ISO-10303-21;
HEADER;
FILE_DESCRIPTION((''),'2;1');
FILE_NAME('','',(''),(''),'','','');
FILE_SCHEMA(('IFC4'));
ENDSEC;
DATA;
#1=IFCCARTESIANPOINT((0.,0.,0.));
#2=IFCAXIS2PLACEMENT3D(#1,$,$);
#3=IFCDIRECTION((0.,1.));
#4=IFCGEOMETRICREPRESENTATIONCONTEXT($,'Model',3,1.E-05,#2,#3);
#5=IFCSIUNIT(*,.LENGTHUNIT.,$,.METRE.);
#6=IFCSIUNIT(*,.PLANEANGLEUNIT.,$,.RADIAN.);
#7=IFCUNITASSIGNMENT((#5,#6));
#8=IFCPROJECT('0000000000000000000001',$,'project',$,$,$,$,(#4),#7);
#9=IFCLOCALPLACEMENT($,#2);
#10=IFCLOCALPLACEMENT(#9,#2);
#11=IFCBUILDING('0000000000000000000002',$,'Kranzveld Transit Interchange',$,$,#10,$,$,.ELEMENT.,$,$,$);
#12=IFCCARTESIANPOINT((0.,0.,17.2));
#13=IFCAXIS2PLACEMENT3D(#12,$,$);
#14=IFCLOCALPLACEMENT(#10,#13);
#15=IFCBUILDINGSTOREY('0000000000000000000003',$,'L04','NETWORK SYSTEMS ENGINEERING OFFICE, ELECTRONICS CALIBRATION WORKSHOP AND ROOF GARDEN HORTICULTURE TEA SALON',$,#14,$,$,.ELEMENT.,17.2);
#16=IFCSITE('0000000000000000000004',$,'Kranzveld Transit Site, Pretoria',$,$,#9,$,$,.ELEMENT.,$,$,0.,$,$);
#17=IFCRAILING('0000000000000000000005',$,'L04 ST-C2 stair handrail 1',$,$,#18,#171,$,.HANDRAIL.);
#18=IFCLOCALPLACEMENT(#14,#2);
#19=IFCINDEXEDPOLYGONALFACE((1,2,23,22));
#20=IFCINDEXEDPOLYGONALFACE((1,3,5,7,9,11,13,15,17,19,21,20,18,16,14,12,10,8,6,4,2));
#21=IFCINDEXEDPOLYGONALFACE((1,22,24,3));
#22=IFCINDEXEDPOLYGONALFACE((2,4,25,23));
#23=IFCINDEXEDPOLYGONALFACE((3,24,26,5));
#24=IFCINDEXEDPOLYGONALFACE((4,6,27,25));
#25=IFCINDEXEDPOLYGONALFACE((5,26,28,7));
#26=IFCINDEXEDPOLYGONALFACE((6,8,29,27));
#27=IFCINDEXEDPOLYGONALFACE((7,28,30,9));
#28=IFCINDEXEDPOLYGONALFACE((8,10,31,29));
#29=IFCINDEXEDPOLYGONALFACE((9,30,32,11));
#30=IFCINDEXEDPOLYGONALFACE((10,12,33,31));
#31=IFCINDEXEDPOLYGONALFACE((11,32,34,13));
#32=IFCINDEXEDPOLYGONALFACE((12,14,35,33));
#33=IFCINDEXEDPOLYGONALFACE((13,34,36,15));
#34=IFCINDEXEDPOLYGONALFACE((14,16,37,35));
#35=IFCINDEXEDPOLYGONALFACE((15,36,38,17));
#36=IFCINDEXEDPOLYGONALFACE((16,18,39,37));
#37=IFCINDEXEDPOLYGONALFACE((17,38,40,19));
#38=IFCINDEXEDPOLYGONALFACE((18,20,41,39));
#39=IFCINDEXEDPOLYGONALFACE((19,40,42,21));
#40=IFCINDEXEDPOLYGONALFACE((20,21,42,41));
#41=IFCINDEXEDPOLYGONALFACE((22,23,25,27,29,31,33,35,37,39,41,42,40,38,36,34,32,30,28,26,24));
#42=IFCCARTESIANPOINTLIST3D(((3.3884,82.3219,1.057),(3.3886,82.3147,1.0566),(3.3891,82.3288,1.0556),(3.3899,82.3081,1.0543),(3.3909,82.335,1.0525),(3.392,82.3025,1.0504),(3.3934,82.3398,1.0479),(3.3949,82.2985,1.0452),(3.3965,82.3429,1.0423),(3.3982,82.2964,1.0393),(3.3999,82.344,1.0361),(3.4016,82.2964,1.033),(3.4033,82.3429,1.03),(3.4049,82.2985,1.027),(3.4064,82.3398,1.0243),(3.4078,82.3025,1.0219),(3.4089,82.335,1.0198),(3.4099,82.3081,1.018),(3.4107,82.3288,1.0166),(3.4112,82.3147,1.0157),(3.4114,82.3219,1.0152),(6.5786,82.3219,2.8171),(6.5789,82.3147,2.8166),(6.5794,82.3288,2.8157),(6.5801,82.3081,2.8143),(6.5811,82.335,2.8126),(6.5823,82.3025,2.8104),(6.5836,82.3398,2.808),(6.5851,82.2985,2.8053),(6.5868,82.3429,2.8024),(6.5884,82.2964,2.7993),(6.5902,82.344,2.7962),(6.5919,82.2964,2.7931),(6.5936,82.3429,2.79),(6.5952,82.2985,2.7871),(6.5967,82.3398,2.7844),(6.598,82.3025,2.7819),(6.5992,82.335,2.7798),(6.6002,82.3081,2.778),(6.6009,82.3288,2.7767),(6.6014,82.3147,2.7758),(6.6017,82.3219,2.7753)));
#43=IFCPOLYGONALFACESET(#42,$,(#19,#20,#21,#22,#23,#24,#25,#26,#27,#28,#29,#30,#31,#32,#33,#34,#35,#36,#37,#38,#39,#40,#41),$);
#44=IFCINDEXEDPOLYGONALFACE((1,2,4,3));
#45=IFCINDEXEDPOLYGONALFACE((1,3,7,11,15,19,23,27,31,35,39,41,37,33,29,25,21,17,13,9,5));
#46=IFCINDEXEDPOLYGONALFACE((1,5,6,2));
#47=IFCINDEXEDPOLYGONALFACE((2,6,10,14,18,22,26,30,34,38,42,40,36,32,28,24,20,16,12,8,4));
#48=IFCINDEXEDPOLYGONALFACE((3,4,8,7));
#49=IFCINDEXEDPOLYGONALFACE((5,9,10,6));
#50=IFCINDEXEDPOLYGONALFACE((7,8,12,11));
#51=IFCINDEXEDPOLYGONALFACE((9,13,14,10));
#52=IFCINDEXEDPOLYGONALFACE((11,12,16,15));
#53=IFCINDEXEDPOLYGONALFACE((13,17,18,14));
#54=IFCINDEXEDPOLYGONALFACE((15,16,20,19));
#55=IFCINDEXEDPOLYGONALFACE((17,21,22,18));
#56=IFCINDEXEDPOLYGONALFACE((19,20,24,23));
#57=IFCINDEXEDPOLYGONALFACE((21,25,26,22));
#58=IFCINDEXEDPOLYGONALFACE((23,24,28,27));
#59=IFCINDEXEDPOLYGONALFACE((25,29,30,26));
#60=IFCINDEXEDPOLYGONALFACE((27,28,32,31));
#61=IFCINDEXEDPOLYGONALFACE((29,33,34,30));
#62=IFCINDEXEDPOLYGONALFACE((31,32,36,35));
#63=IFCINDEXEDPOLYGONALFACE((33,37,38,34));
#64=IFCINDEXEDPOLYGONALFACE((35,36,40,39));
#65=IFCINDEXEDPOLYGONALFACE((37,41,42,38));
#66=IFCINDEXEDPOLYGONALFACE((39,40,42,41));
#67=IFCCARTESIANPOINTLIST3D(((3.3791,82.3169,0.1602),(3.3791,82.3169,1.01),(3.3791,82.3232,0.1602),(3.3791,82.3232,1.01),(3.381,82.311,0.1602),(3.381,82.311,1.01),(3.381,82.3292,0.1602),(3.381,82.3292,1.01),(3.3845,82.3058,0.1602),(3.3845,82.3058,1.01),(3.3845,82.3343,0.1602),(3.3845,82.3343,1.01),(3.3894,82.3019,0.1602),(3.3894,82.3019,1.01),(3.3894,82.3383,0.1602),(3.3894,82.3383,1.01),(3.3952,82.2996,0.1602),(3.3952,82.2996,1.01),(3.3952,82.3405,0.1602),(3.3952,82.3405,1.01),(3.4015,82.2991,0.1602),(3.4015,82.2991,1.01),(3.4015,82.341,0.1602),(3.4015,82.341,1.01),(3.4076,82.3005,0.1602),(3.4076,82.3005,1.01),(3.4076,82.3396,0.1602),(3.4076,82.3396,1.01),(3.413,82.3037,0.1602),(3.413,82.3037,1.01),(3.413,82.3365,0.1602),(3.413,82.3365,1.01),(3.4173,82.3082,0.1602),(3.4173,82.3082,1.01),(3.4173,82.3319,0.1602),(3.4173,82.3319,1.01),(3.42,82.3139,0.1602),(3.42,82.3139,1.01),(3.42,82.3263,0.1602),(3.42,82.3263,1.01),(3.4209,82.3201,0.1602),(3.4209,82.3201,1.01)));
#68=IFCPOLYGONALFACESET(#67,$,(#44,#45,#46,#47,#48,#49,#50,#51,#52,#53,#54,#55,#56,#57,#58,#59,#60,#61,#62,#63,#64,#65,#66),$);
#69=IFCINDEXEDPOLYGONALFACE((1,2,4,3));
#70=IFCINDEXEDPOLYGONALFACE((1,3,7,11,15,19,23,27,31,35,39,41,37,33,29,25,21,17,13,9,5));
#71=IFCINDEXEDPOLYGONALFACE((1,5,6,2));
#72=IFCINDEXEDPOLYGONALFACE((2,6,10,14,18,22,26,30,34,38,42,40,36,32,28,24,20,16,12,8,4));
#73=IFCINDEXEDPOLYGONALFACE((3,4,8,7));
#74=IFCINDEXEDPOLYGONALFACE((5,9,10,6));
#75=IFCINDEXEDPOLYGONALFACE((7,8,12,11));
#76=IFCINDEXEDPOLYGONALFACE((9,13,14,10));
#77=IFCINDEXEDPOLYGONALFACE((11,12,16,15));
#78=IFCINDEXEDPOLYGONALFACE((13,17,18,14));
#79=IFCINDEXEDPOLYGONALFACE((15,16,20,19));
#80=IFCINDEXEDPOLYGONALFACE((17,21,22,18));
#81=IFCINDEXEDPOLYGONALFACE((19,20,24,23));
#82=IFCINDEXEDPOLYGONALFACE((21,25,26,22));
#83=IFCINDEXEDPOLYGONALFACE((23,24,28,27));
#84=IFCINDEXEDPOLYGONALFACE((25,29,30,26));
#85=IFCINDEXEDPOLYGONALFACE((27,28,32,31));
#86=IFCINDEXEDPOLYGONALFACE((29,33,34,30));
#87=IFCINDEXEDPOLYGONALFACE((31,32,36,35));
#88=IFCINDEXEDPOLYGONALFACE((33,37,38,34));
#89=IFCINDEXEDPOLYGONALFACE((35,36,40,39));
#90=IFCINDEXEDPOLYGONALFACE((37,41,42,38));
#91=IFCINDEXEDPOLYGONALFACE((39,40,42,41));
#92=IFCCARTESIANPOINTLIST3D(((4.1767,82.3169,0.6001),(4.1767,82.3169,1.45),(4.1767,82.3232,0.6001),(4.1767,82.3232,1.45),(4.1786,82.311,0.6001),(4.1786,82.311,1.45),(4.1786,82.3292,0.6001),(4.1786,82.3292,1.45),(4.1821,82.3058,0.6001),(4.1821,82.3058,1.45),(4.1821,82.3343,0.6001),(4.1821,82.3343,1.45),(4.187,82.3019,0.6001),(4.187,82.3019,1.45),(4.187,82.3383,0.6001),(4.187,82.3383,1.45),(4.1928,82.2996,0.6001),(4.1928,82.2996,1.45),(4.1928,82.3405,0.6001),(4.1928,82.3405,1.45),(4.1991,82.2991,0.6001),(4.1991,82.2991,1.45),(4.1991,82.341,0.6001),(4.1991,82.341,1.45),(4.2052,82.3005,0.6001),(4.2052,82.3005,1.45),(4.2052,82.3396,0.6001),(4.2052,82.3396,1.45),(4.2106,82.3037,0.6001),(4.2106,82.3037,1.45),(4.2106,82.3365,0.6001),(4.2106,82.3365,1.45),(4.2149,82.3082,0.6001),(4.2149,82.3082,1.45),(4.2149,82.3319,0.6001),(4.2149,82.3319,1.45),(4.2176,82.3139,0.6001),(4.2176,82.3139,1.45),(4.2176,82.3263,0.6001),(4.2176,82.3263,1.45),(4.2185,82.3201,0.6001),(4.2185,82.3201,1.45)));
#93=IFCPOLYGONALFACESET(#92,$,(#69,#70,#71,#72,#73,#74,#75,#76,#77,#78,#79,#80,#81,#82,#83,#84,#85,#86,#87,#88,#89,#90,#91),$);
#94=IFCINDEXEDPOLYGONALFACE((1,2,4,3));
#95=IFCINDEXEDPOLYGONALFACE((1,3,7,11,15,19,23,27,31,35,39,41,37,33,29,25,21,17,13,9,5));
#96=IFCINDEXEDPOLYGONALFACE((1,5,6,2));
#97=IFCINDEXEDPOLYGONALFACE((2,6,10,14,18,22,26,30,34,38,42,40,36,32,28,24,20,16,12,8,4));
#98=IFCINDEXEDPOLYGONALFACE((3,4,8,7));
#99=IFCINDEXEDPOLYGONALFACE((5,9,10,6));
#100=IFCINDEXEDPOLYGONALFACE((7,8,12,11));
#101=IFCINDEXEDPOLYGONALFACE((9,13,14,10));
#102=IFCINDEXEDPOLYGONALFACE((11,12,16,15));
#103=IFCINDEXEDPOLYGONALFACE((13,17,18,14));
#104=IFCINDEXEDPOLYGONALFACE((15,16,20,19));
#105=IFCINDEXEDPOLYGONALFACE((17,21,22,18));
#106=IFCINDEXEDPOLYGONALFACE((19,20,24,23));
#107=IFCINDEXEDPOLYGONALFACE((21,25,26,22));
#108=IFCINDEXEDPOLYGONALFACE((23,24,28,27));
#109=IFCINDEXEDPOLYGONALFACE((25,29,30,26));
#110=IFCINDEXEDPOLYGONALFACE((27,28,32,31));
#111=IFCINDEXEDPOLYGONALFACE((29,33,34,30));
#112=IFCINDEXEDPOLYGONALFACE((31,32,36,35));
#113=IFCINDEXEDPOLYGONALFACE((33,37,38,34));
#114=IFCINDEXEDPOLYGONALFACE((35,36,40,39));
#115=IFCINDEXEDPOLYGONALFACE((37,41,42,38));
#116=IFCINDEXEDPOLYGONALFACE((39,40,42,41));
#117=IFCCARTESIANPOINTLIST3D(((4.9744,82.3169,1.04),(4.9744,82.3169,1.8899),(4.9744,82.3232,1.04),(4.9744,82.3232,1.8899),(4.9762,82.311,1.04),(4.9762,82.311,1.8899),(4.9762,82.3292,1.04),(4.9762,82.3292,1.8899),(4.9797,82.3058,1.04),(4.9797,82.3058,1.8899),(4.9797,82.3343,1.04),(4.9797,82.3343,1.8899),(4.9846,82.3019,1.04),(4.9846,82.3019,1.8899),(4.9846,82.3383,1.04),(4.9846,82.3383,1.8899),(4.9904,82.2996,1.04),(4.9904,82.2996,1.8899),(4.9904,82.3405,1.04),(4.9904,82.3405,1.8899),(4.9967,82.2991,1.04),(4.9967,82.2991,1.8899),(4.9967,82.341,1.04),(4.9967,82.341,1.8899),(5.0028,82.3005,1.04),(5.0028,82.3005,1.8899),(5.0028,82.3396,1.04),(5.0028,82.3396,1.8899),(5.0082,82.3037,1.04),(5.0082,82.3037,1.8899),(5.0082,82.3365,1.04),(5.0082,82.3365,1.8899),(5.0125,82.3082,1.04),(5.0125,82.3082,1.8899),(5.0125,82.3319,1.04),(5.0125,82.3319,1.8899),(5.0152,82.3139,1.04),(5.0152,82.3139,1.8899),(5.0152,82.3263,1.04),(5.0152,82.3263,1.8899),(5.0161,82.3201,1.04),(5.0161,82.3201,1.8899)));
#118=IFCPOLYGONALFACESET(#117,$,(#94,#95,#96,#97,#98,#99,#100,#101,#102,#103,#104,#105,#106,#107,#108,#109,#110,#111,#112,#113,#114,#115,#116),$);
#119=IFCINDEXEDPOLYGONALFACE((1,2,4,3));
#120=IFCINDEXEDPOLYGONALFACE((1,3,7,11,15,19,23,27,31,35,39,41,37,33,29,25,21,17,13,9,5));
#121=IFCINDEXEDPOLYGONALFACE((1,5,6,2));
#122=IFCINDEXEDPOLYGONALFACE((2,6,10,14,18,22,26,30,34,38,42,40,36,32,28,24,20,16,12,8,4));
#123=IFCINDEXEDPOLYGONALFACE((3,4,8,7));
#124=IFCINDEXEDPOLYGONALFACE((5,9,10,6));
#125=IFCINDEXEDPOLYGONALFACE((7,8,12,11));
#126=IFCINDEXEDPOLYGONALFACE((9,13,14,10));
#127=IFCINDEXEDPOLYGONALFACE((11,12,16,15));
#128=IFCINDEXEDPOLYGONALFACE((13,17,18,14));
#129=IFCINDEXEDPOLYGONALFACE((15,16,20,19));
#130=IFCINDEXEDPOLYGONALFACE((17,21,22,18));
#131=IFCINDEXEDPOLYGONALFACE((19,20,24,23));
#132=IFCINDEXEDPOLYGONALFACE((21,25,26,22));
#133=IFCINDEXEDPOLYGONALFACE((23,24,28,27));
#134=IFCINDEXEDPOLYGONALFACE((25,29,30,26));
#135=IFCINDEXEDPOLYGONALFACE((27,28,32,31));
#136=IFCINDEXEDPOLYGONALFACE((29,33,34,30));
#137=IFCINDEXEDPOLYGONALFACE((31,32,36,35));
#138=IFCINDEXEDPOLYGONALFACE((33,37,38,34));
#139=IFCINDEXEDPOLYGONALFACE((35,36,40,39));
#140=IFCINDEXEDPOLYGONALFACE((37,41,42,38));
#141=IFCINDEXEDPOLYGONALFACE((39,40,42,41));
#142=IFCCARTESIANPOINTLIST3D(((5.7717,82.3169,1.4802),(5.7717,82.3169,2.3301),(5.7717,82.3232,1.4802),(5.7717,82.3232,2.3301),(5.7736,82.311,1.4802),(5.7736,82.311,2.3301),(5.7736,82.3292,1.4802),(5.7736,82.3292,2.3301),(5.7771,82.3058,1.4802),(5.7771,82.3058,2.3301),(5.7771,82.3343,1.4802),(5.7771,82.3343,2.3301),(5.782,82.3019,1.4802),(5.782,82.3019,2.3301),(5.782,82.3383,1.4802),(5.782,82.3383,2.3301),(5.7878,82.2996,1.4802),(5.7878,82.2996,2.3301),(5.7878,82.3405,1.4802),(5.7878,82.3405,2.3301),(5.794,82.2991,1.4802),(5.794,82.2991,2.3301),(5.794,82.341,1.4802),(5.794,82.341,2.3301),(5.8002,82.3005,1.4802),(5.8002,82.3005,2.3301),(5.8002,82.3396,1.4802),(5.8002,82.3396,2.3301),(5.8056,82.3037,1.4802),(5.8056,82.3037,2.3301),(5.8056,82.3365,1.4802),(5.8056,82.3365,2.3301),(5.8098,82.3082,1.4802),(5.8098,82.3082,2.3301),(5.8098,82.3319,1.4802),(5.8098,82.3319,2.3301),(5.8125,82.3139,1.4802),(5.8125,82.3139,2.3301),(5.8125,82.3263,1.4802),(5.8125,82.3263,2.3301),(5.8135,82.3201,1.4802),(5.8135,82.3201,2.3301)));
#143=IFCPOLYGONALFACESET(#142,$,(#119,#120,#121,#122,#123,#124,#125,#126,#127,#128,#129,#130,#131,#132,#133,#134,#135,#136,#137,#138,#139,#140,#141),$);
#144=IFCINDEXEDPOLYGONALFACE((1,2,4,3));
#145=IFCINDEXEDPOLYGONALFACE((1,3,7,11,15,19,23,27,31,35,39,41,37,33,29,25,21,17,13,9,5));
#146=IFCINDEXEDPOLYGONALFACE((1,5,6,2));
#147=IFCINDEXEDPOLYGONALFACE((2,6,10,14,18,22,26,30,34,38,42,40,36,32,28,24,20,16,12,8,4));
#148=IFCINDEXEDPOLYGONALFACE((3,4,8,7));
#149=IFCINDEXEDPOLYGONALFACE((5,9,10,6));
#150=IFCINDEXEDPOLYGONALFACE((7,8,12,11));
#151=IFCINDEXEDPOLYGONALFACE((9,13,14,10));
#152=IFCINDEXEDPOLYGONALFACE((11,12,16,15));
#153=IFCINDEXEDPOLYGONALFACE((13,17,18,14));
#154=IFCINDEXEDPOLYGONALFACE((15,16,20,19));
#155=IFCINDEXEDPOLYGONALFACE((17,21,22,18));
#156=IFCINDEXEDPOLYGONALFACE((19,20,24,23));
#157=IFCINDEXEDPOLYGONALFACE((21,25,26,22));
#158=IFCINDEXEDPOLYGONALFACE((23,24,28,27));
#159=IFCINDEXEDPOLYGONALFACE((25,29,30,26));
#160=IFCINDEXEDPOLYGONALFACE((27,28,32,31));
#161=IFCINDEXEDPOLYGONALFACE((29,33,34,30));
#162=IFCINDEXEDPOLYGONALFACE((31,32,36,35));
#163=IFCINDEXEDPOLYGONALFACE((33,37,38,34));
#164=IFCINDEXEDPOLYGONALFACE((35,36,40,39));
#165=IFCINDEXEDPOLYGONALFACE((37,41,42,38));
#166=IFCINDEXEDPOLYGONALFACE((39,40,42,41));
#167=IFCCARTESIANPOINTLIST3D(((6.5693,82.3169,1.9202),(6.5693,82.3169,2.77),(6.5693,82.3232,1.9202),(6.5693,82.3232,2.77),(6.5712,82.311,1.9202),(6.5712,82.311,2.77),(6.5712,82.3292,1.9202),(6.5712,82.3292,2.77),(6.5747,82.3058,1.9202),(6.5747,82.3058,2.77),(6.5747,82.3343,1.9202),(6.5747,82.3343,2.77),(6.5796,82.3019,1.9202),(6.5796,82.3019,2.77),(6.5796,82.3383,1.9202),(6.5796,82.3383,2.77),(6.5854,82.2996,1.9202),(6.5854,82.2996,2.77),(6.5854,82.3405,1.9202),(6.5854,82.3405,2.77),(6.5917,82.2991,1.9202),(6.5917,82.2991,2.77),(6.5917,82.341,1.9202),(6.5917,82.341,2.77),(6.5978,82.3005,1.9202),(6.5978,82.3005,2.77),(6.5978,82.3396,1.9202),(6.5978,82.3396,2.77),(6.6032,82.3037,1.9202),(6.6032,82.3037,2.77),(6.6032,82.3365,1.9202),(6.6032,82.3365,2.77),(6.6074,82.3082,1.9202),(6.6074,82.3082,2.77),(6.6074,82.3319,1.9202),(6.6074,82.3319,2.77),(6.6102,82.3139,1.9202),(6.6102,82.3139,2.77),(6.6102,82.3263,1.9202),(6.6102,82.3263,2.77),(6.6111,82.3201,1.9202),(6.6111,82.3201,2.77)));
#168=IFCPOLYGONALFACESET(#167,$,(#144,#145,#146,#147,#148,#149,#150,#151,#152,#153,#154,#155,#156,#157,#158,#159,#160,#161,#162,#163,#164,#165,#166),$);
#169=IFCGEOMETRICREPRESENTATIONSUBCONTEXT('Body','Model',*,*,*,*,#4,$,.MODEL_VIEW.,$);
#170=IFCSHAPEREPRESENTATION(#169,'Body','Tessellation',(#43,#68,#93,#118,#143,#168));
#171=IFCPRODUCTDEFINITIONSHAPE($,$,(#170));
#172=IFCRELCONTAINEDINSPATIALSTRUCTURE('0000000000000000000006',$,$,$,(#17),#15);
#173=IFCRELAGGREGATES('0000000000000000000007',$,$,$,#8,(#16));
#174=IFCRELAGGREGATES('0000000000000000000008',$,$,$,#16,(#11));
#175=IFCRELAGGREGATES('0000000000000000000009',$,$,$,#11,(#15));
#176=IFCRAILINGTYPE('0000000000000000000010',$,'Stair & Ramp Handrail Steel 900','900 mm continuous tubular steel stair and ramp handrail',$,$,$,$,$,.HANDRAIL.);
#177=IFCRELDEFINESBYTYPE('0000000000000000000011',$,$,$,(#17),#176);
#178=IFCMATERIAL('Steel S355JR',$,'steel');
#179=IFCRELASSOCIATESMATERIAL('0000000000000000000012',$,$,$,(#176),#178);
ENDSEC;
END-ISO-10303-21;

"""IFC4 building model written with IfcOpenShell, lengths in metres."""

from ifc_helpers import new_model, si_unit, direction, frame, origin, origin_2d, place, context, subcontext, project, spatial, circle, extrude, material, type_object, element, save


model = new_model("IFC4")

# Units and contexts
model_context = context("Model", 3, precision=1e-05, world=origin(), true_north=direction((0.0, 1.0)))
body_context = subcontext(model_context, "Body", "Model", "MODEL_VIEW")
ifc_project = project(units=[si_unit("LENGTHUNIT", "METRE"), si_unit("PLANEANGLEUNIT", "RADIAN")], contexts=[model_context])

# Site, building, storey
site_placement = place(None, origin())
site = spatial("IfcSite", under=ifc_project, at=site_placement, Name="Kranzveld Transit Site, Pretoria", CompositionType="ELEMENT", RefElevation=0.0)
building_placement = place(site_placement, origin())
building = spatial("IfcBuilding", under=site, at=building_placement, Name="Kranzveld Transit Interchange", CompositionType="ELEMENT")
storey_placement = place(building_placement, frame((0.0, 0.0, 17.2)))
storey = spatial("IfcBuildingStorey", under=building, at=storey_placement, Name="L04", Description="NETWORK SYSTEMS ENGINEERING OFFICE, ELECTRONICS CALIBRATION WORKSHOP AND ROOF GARDEN HORTICULTURE TEA SALON", CompositionType="ELEMENT", Elevation=17.2)

# Railing
ifc_material_1 = material(Name="Steel S355JR", Category="steel")
railing_type_1 = type_object("IfcRailingType", Name="Stair & Ramp Handrail Steel 900", Description="900 mm continuous tubular steel stair and ramp handrail", PredefinedType="HANDRAIL", material=ifc_material_1)
railing_1_placement = place(storey_placement, frame((3.3999, 82.3201, 0.1602)))
element("IfcRailing", 1, at=railing_1_placement, inside=storey, type_object=railing_type_1, Name="L04 ST-C2 stair handrail 1", PredefinedType="HANDRAIL", context=body_context, shape_type="SweptSolid", body=[
    extrude(circle(Radius=0.0239, at=origin_2d()), frame((0.0, 0.0, 0.876), z_axis=(0.875588, 0.0, 0.483058), x_axis=(0.0, 1.0, 0.0)), (0.0, 0.0, 1.0), 3.6436),
    extrude(circle(Radius=0.021, at=origin_2d()), origin(), (0.0, 0.0, 1.0), 0.8499),
    extrude(circle(Radius=0.021, at=origin_2d()), frame((0.7976, 0.0, 0.4399)), (0.0, 0.0, 1.0), 0.8499),
    extrude(circle(Radius=0.021, at=origin_2d()), frame((1.5952, 0.0, 0.8799)), (0.0, 0.0, 1.0), 0.8499),
    extrude(circle(Radius=0.021, at=origin_2d()), frame((2.3926, 0.0, 1.3201)), (0.0, 0.0, 1.0), 0.8499),
    extrude(circle(Radius=0.021, at=origin_2d()), frame((3.1902, 0.0, 1.76)), (0.0, 0.0, 1.0), 0.8499),
])

save(model, "model.ifc")
